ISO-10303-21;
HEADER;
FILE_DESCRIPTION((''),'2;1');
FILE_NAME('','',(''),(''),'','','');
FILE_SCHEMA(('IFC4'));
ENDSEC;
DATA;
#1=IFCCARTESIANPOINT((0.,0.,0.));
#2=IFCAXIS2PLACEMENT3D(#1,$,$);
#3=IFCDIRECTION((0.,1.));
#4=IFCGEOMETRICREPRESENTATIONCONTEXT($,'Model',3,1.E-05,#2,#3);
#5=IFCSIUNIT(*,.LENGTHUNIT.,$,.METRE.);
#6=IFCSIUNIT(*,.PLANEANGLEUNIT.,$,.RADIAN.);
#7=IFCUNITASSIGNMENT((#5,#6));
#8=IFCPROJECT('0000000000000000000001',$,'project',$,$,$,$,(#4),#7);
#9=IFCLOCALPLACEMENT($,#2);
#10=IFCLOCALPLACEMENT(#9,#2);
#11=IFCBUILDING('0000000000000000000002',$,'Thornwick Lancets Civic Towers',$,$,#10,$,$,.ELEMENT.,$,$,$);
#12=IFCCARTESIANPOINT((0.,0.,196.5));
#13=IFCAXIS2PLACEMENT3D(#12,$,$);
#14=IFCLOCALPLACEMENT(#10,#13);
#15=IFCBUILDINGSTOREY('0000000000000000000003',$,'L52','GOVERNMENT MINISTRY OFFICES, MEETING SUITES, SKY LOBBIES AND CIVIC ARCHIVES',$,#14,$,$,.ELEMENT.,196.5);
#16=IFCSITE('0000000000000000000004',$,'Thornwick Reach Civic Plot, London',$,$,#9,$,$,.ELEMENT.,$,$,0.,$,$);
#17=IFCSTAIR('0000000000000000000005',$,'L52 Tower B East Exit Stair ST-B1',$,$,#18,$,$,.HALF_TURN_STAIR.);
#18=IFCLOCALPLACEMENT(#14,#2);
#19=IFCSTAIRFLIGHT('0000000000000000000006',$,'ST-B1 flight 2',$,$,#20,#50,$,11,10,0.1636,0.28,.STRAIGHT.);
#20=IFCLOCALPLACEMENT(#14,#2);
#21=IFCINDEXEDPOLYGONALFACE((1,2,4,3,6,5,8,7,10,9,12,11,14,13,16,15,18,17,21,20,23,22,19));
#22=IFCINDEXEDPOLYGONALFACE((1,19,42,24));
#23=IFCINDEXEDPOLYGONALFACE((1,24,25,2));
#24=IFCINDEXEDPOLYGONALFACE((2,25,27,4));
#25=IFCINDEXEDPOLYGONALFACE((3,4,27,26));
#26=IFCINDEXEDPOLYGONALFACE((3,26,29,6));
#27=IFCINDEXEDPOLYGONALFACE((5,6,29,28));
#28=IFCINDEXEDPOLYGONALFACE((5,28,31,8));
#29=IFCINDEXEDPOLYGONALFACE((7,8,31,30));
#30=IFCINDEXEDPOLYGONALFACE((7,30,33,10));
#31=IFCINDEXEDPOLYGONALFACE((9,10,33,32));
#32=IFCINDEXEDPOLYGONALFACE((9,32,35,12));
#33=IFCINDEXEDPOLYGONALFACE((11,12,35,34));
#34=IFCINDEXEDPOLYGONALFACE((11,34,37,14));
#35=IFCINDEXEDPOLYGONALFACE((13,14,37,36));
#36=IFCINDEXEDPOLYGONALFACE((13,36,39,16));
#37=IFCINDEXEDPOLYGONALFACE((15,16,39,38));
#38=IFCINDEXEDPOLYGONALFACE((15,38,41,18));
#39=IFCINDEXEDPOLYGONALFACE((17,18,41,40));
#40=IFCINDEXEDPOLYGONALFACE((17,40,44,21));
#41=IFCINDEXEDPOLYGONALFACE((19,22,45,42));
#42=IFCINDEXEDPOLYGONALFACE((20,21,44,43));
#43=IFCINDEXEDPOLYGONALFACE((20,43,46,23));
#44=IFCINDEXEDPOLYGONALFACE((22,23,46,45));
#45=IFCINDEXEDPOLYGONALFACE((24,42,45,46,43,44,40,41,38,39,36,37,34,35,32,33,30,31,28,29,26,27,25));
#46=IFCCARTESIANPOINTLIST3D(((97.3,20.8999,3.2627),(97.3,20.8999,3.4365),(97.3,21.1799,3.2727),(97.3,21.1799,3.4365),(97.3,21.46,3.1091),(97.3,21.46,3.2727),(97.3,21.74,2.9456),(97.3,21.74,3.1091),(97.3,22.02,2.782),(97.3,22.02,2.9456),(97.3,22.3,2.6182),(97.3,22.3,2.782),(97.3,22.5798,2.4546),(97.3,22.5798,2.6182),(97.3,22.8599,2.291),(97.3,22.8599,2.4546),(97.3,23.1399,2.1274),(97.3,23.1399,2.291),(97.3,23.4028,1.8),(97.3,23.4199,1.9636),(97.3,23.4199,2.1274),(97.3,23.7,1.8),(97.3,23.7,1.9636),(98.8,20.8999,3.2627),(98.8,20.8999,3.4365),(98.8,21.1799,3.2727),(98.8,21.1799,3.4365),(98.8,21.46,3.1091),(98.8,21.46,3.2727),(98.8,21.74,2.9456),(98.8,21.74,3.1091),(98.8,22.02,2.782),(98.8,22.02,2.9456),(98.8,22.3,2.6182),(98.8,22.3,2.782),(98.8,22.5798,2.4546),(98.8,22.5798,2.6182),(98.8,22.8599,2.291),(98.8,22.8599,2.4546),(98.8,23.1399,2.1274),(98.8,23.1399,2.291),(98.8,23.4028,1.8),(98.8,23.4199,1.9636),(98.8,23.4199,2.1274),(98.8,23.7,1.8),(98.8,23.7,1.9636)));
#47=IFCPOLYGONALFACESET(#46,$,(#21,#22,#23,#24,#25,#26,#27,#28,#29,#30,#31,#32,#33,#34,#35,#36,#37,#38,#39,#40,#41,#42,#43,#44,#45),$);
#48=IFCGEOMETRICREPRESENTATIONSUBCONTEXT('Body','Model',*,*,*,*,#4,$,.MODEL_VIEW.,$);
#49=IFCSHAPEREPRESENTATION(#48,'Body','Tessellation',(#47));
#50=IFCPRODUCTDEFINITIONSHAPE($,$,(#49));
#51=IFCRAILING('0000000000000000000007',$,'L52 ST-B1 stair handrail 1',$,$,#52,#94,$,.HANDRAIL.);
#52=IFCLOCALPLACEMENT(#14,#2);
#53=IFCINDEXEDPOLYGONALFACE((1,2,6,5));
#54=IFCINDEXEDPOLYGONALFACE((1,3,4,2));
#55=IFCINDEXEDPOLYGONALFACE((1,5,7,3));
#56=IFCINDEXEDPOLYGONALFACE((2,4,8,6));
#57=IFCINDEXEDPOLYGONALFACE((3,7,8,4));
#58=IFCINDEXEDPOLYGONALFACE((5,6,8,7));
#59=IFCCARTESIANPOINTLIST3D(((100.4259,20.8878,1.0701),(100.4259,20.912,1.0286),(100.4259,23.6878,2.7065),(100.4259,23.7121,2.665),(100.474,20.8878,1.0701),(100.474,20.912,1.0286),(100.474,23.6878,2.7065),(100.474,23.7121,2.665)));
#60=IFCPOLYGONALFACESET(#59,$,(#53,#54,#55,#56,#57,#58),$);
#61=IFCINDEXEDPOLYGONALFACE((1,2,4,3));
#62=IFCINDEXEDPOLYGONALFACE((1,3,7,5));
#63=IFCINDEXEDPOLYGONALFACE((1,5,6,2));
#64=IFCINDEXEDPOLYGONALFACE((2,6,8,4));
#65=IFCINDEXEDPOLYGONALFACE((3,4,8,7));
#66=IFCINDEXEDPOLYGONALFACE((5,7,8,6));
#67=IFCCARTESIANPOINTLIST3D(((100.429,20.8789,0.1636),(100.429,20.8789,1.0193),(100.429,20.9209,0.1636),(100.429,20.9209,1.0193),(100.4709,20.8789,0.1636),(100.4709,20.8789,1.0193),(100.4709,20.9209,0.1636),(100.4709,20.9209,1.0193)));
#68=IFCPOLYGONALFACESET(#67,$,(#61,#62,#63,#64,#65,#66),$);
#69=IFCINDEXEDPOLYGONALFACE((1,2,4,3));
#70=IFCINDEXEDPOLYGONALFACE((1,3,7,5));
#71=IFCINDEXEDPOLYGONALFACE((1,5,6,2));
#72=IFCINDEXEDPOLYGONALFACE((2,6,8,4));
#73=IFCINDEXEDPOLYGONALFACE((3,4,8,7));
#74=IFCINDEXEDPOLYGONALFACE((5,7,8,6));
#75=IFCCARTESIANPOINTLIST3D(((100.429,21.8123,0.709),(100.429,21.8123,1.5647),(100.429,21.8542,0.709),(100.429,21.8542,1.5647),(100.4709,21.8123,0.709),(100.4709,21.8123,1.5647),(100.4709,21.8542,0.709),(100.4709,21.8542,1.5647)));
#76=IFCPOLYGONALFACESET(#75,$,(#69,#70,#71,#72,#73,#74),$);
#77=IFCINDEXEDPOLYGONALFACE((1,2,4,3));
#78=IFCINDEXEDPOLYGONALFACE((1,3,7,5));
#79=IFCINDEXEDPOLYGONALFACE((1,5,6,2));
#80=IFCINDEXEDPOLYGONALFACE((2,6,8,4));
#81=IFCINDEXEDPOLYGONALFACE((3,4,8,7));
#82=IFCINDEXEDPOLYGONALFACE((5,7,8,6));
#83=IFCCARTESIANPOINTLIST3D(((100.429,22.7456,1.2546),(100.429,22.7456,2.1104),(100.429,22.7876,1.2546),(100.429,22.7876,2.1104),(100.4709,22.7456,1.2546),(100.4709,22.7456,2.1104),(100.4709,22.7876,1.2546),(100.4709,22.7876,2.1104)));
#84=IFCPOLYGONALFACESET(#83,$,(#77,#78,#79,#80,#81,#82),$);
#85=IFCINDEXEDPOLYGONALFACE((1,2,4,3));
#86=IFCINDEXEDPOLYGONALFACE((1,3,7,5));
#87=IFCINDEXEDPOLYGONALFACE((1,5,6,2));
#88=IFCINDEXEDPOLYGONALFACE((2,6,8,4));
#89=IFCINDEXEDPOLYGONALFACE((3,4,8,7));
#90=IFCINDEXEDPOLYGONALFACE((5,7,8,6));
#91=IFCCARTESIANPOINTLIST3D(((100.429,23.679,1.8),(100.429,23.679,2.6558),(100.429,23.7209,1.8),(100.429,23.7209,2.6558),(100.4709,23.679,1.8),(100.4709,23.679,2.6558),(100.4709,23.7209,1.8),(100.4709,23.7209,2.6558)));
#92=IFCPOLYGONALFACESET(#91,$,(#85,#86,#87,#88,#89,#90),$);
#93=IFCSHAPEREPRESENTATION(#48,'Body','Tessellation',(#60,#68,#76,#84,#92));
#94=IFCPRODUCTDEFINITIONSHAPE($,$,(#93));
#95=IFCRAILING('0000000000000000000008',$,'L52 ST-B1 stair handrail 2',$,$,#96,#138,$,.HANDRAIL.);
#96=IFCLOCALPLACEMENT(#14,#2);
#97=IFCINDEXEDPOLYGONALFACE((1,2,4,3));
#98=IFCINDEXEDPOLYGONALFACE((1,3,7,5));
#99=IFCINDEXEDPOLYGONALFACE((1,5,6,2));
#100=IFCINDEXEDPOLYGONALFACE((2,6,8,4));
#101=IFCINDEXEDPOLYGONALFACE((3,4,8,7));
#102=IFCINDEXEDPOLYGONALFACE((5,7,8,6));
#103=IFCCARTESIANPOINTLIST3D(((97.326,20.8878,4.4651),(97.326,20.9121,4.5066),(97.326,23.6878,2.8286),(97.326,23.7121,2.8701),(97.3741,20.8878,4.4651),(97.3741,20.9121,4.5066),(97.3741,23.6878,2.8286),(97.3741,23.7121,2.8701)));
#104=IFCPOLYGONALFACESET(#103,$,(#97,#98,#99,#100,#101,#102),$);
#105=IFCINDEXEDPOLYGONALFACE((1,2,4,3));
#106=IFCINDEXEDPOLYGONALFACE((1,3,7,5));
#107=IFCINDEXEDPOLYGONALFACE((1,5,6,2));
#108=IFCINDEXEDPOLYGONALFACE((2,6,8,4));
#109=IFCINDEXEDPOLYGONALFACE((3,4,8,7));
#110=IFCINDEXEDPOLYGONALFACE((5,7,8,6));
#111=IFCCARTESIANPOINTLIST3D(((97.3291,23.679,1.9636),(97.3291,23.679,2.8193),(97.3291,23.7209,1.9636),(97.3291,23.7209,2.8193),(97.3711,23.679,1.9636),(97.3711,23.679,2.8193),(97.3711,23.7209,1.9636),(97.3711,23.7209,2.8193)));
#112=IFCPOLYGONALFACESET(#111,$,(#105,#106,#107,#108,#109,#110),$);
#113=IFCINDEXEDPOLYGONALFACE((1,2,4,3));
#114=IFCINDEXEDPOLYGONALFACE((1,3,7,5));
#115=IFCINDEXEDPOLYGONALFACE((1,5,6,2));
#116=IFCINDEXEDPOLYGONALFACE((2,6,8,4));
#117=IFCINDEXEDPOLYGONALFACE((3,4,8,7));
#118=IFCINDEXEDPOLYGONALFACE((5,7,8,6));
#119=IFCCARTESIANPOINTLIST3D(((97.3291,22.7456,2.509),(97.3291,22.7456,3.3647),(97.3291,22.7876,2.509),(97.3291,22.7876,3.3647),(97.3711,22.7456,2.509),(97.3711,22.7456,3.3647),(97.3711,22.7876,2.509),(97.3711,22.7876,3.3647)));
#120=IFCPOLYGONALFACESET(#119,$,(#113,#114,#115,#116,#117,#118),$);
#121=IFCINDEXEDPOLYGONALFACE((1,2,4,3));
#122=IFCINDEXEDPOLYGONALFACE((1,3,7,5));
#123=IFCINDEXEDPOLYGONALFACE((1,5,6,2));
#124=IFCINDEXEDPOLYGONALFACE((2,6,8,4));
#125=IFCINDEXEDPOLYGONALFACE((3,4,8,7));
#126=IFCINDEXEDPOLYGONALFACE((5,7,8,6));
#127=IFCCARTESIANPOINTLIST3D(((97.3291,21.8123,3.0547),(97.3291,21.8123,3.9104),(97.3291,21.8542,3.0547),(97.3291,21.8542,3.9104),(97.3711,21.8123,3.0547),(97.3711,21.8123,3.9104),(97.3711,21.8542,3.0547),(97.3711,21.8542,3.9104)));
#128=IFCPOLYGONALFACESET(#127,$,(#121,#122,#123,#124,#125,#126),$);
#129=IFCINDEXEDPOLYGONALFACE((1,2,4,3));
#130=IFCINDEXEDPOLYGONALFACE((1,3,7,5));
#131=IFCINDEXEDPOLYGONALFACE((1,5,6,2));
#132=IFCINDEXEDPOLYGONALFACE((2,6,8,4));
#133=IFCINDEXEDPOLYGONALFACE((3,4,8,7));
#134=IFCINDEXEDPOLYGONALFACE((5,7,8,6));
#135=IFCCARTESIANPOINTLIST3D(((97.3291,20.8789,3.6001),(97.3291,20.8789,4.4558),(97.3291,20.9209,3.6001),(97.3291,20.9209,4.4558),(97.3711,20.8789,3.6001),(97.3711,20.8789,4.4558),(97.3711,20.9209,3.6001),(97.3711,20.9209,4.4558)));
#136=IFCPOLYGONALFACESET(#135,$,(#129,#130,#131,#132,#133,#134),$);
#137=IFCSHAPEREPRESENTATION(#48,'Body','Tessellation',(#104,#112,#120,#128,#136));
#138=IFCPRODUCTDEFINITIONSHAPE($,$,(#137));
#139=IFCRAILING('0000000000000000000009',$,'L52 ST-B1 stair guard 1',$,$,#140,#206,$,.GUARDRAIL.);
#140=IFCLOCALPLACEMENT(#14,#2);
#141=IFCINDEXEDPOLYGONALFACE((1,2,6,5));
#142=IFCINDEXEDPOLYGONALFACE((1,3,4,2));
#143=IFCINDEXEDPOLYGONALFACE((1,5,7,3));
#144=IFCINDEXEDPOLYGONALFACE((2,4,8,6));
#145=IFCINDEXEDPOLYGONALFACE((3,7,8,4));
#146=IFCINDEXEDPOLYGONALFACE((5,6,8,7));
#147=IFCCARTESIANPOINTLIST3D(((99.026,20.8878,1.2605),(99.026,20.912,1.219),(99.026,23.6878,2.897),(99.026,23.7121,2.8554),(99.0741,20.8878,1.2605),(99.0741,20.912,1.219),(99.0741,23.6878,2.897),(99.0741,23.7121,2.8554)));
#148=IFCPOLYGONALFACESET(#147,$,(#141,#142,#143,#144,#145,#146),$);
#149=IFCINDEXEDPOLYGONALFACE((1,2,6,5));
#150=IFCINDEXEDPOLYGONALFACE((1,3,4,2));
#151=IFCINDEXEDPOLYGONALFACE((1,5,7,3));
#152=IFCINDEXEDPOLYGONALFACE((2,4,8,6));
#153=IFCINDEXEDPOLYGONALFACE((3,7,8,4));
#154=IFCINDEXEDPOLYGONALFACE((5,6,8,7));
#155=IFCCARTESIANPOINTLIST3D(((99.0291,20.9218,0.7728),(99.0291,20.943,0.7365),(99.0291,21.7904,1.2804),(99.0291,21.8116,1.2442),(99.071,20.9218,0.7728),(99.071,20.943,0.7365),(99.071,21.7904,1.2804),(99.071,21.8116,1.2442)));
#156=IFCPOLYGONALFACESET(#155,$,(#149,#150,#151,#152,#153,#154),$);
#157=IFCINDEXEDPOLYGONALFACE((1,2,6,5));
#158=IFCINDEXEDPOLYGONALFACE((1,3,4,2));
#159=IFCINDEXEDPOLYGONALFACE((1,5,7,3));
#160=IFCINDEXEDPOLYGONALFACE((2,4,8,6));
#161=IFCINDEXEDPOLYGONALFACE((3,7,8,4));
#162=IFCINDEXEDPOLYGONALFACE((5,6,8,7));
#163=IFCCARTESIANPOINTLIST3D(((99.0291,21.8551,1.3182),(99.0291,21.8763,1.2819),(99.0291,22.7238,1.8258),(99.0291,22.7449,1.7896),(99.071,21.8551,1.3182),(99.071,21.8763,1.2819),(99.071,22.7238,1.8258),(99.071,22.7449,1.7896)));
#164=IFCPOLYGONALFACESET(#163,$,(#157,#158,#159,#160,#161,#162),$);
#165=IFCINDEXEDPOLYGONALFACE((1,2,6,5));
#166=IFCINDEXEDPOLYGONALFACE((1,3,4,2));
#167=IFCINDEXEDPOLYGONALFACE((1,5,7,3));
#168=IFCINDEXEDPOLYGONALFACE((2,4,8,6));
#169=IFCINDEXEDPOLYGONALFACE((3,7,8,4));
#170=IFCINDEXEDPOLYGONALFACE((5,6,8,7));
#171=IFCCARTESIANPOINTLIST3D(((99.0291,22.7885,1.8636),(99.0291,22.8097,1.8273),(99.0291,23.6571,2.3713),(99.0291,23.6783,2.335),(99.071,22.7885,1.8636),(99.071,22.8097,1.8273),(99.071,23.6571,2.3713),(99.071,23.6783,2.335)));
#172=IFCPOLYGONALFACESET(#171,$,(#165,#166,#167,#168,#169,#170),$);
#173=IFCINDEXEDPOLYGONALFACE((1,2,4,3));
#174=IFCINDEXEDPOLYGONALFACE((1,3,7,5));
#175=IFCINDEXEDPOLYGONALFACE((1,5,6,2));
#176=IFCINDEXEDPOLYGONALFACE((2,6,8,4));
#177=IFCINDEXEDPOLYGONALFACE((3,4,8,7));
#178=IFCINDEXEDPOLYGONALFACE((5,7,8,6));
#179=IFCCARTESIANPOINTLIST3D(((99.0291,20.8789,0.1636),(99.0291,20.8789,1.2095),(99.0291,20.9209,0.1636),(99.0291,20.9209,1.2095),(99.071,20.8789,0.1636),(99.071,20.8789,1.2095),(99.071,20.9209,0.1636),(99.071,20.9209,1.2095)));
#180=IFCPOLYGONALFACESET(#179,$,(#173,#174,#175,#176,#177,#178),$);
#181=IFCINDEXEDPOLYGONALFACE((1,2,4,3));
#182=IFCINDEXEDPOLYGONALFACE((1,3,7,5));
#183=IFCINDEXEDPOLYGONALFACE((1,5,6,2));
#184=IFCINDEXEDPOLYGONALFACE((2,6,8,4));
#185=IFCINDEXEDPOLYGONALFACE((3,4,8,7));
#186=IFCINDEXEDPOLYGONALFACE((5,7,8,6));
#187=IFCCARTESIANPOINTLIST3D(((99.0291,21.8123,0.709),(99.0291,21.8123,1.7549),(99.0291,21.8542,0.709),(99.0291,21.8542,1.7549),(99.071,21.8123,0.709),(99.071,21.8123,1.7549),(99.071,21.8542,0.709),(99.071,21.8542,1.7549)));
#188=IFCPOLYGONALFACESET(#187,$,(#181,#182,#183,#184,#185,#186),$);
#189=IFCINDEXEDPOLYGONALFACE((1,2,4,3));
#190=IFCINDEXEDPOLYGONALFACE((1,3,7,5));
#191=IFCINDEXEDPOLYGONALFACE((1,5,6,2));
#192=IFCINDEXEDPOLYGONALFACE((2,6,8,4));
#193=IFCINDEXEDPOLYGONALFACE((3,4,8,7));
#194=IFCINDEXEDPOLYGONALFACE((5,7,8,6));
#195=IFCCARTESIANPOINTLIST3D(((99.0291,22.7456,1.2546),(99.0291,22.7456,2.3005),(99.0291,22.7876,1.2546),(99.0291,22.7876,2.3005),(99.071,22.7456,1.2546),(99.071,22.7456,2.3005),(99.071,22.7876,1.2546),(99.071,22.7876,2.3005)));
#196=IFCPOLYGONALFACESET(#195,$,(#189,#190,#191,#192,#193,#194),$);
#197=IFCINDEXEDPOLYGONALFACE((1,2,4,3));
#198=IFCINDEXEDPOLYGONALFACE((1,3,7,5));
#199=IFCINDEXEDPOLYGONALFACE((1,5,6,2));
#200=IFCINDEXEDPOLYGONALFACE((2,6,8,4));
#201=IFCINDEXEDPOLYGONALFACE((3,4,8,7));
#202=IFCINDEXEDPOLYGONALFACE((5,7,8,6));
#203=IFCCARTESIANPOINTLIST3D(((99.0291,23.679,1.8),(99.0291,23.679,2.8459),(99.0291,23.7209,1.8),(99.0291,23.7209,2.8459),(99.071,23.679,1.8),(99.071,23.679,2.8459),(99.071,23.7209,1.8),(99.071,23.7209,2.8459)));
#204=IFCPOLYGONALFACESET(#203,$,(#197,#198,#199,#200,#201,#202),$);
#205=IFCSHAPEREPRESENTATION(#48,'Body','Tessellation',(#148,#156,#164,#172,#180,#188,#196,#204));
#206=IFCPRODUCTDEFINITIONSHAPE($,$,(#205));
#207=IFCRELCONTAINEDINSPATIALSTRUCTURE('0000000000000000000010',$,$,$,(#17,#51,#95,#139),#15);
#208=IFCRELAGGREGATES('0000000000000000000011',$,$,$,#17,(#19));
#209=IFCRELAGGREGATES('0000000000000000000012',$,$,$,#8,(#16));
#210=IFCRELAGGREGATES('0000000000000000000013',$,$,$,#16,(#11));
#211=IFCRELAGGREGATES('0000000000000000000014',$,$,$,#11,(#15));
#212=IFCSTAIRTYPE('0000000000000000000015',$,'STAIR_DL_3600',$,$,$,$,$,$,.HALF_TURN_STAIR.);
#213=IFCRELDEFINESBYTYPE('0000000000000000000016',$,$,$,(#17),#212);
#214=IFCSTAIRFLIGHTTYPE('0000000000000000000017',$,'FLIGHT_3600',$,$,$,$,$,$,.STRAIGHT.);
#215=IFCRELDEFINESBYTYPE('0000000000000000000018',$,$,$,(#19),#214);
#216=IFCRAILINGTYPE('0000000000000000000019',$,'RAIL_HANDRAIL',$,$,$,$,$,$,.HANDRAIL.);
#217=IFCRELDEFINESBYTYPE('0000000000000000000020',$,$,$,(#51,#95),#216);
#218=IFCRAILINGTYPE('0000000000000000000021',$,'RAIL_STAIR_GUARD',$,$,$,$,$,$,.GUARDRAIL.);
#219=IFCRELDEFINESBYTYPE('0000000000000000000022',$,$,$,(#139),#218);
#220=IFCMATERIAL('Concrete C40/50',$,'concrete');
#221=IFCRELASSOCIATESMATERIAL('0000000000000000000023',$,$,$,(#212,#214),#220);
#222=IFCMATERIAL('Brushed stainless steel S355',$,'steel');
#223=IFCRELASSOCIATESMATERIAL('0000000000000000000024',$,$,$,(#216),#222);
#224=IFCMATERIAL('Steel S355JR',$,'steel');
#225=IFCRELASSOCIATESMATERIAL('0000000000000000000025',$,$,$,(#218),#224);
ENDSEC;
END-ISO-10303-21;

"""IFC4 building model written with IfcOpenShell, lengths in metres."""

from ifc_helpers import new_model, si_unit, direction, frame, origin, origin_2d, place, context, subcontext, project, spatial, polyline, rectangle, outline, extrude, material, type_object, element, aggregate, save


model = new_model("IFC4")

# Units and contexts
model_context = context("Model", 3, precision=1e-05, world=origin(), true_north=direction((0.0, 1.0)))
body_context = subcontext(model_context, "Body", "Model", "MODEL_VIEW")
ifc_project = project(units=[si_unit("LENGTHUNIT", "METRE"), si_unit("PLANEANGLEUNIT", "RADIAN")], contexts=[model_context])

# Site, building, storey
site_placement = place(None, origin())
site = spatial("IfcSite", under=ifc_project, at=site_placement, Name="Thornwick Reach Civic Plot, London", CompositionType="ELEMENT", RefElevation=0.0)
building_placement = place(site_placement, origin())
building = spatial("IfcBuilding", under=site, at=building_placement, Name="Thornwick Lancets Civic Towers", CompositionType="ELEMENT")
storey_placement = place(building_placement, frame((0.0, 0.0, 196.5)))
storey = spatial("IfcBuildingStorey", under=building, at=storey_placement, Name="L52", Description="GOVERNMENT MINISTRY OFFICES, MEETING SUITES, SKY LOBBIES AND CIVIC ARCHIVES", CompositionType="ELEMENT", Elevation=196.5)

# Shared definitions
ifc_material_1 = material(Name="Concrete C40/50", Category="concrete")

# Stair, stair flight
stair_type = type_object("IfcStairType", Name="STAIR_DL_3600", PredefinedType="HALF_TURN_STAIR", material=ifc_material_1)
stair_placement = place(storey_placement, origin())
stair = element("IfcStair", 1, at=stair_placement, inside=storey, type_object=stair_type, Name="L52 Tower B East Exit Stair ST-B1", PredefinedType="HALF_TURN_STAIR")
stair_flight_type = type_object("IfcStairFlightType", Name="FLIGHT_3600", PredefinedType="STRAIGHT", material=ifc_material_1)
stair_flight_1_placement = place(storey_placement, frame((98.05, 23.7, 1.8), z_axis=(0.0, 0.0, 1.0), x_axis=(0.0, -1.0, 0.0)))
stair_flight_1 = element("IfcStairFlight", 2, at=stair_flight_1_placement, type_object=stair_flight_type, Name="ST-B1 flight 2", NumberOfRisers=11, NumberOfTreads=10, PredefinedType="STRAIGHT", RiserHeight=0.1636, TreadLength=0.28, context=body_context, shape_type="SweptSolid", body=[
    extrude(outline(polyline([(0.0, 0.0), (0.0, 0.1636), (0.28, 0.1636), (0.28, 0.3274), (0.5601, 0.3274), (0.5601, 0.491), (0.8401, 0.491), (0.8401, 0.6545), (1.1201, 0.6545), (1.1201, 0.8181), (1.3999, 0.8181), (1.3999, 0.9819), (1.6799, 0.9819), (1.6799, 1.1455), (1.96, 1.1455), (1.96, 1.3091), (2.24, 1.3091), (2.24, 1.4727), (2.52, 1.4727), (2.52, 1.6365), (2.8, 1.6365), (2.8, 1.8), (2.8, 1.4626), (0.2971, 0.0), (0.0, 0.0)])), frame((0.0, 0.75, 0.0), z_axis=(0.0, -1.0, 0.0), x_axis=(1.0, 0.0, 0.0)), (0.0, 0.0, 1.0), 1.5),
])
aggregate(stair, [stair_flight_1])

# Railings
ifc_material_2 = material(Name="Brushed stainless steel S355", Category="steel")
railing_type_1 = type_object("IfcRailingType", Name="RAIL_HANDRAIL", PredefinedType="HANDRAIL", material=ifc_material_2)
railing_1_placement = place(storey_placement, frame((100.45, 20.8999, 0.1636)))
element("IfcRailing", 3, at=railing_1_placement, inside=storey, type_object=railing_type_1, Name="L52 ST-B1 stair handrail 1", PredefinedType="HANDRAIL", context=body_context, shape_type="SweptSolid", body=[
    extrude(rectangle(XDim=0.0481, YDim=0.0481, at=origin_2d()), frame((0.0, 0.0, 0.8857), z_axis=(0.0, 0.863361, 0.504587), x_axis=(-1.0, 0.0, 0.0)), (0.0, 0.0, 1.0), 3.2432),
    extrude(rectangle(XDim=0.042, YDim=0.042, at=origin_2d()), origin(), (0.0, 0.0, 1.0), 0.8557),
    extrude(rectangle(XDim=0.042, YDim=0.042, at=origin_2d()), frame((0.0, 0.9333, 0.5454)), (0.0, 0.0, 1.0), 0.8557),
    extrude(rectangle(XDim=0.042, YDim=0.042, at=origin_2d()), frame((0.0, 1.8667, 1.0911)), (0.0, 0.0, 1.0), 0.8557),
    extrude(rectangle(XDim=0.042, YDim=0.042, at=origin_2d()), frame((0.0, 2.8, 1.6365)), (0.0, 0.0, 1.0), 0.8557),
])
railing_2_placement = place(storey_placement, frame((97.3501, 23.7, 1.9636)))
element("IfcRailing", 4, at=railing_2_placement, inside=storey, type_object=railing_type_1, Name="L52 ST-B1 stair handrail 2", PredefinedType="HANDRAIL", context=body_context, shape_type="SweptSolid", body=[
    extrude(rectangle(XDim=0.0481, YDim=0.0481, at=origin_2d()), frame((0.0, 0.0, 0.8857), z_axis=(0.0, -0.863361, 0.504587), x_axis=(1.0, 0.0, 0.0)), (0.0, 0.0, 1.0), 3.2432),
    extrude(rectangle(XDim=0.042, YDim=0.042, at=origin_2d()), origin(), (0.0, 0.0, 1.0), 0.8557),
    extrude(rectangle(XDim=0.042, YDim=0.042, at=origin_2d()), frame((0.0, -0.9333, 0.5454)), (0.0, 0.0, 1.0), 0.8557),
    extrude(rectangle(XDim=0.042, YDim=0.042, at=origin_2d()), frame((0.0, -1.8667, 1.0911)), (0.0, 0.0, 1.0), 0.8557),
    extrude(rectangle(XDim=0.042, YDim=0.042, at=origin_2d()), frame((0.0, -2.8, 1.6365)), (0.0, 0.0, 1.0), 0.8557),
])
ifc_material_3 = material(Name="Steel S355JR", Category="steel")
railing_type_2 = type_object("IfcRailingType", Name="RAIL_STAIR_GUARD", PredefinedType="GUARDRAIL", material=ifc_material_3)
railing_3_placement = place(storey_placement, frame((99.05, 20.8999, 0.1636)))
element("IfcRailing", 5, at=railing_3_placement, inside=storey, type_object=railing_type_2, Name="L52 ST-B1 stair guard 1", PredefinedType="GUARDRAIL", context=body_context, shape_type="SweptSolid", body=[
    extrude(rectangle(XDim=0.0481, YDim=0.0481, at=origin_2d()), frame((0.0, 0.0, 1.0762), z_axis=(0.0, 0.863361, 0.504587), x_axis=(-1.0, 0.0, 0.0)), (0.0, 0.0, 1.0), 3.2432),
    extrude(rectangle(XDim=0.042, YDim=0.042, at=origin_2d()), frame((0.0, 0.0325, 0.5911), z_axis=(0.0, 0.863361, 0.504587), x_axis=(-1.0, 0.0, 0.0)), (0.0, 0.0, 1.0), 1.0061),
    extrude(rectangle(XDim=0.042, YDim=0.042, at=origin_2d()), frame((0.0, 0.9658, 1.1365), z_axis=(0.0, 0.863361, 0.504587), x_axis=(-1.0, 0.0, 0.0)), (0.0, 0.0, 1.0), 1.0061),
    extrude(rectangle(XDim=0.042, YDim=0.042, at=origin_2d()), frame((0.0, 1.8992, 1.6819), z_axis=(0.0, 0.863361, 0.504587), x_axis=(-1.0, 0.0, 0.0)), (0.0, 0.0, 1.0), 1.0061),
    extrude(rectangle(XDim=0.042, YDim=0.042, at=origin_2d()), origin(), (0.0, 0.0, 1.0), 1.0459),
    extrude(rectangle(XDim=0.042, YDim=0.042, at=origin_2d()), frame((0.0, 0.9333, 0.5454)), (0.0, 0.0, 1.0), 1.0459),
    extrude(rectangle(XDim=0.042, YDim=0.042, at=origin_2d()), frame((0.0, 1.8667, 1.0911)), (0.0, 0.0, 1.0), 1.0459),
    extrude(rectangle(XDim=0.042, YDim=0.042, at=origin_2d()), frame((0.0, 2.8, 1.6365)), (0.0, 0.0, 1.0), 1.0459),
])

save(model, "model.ifc")
